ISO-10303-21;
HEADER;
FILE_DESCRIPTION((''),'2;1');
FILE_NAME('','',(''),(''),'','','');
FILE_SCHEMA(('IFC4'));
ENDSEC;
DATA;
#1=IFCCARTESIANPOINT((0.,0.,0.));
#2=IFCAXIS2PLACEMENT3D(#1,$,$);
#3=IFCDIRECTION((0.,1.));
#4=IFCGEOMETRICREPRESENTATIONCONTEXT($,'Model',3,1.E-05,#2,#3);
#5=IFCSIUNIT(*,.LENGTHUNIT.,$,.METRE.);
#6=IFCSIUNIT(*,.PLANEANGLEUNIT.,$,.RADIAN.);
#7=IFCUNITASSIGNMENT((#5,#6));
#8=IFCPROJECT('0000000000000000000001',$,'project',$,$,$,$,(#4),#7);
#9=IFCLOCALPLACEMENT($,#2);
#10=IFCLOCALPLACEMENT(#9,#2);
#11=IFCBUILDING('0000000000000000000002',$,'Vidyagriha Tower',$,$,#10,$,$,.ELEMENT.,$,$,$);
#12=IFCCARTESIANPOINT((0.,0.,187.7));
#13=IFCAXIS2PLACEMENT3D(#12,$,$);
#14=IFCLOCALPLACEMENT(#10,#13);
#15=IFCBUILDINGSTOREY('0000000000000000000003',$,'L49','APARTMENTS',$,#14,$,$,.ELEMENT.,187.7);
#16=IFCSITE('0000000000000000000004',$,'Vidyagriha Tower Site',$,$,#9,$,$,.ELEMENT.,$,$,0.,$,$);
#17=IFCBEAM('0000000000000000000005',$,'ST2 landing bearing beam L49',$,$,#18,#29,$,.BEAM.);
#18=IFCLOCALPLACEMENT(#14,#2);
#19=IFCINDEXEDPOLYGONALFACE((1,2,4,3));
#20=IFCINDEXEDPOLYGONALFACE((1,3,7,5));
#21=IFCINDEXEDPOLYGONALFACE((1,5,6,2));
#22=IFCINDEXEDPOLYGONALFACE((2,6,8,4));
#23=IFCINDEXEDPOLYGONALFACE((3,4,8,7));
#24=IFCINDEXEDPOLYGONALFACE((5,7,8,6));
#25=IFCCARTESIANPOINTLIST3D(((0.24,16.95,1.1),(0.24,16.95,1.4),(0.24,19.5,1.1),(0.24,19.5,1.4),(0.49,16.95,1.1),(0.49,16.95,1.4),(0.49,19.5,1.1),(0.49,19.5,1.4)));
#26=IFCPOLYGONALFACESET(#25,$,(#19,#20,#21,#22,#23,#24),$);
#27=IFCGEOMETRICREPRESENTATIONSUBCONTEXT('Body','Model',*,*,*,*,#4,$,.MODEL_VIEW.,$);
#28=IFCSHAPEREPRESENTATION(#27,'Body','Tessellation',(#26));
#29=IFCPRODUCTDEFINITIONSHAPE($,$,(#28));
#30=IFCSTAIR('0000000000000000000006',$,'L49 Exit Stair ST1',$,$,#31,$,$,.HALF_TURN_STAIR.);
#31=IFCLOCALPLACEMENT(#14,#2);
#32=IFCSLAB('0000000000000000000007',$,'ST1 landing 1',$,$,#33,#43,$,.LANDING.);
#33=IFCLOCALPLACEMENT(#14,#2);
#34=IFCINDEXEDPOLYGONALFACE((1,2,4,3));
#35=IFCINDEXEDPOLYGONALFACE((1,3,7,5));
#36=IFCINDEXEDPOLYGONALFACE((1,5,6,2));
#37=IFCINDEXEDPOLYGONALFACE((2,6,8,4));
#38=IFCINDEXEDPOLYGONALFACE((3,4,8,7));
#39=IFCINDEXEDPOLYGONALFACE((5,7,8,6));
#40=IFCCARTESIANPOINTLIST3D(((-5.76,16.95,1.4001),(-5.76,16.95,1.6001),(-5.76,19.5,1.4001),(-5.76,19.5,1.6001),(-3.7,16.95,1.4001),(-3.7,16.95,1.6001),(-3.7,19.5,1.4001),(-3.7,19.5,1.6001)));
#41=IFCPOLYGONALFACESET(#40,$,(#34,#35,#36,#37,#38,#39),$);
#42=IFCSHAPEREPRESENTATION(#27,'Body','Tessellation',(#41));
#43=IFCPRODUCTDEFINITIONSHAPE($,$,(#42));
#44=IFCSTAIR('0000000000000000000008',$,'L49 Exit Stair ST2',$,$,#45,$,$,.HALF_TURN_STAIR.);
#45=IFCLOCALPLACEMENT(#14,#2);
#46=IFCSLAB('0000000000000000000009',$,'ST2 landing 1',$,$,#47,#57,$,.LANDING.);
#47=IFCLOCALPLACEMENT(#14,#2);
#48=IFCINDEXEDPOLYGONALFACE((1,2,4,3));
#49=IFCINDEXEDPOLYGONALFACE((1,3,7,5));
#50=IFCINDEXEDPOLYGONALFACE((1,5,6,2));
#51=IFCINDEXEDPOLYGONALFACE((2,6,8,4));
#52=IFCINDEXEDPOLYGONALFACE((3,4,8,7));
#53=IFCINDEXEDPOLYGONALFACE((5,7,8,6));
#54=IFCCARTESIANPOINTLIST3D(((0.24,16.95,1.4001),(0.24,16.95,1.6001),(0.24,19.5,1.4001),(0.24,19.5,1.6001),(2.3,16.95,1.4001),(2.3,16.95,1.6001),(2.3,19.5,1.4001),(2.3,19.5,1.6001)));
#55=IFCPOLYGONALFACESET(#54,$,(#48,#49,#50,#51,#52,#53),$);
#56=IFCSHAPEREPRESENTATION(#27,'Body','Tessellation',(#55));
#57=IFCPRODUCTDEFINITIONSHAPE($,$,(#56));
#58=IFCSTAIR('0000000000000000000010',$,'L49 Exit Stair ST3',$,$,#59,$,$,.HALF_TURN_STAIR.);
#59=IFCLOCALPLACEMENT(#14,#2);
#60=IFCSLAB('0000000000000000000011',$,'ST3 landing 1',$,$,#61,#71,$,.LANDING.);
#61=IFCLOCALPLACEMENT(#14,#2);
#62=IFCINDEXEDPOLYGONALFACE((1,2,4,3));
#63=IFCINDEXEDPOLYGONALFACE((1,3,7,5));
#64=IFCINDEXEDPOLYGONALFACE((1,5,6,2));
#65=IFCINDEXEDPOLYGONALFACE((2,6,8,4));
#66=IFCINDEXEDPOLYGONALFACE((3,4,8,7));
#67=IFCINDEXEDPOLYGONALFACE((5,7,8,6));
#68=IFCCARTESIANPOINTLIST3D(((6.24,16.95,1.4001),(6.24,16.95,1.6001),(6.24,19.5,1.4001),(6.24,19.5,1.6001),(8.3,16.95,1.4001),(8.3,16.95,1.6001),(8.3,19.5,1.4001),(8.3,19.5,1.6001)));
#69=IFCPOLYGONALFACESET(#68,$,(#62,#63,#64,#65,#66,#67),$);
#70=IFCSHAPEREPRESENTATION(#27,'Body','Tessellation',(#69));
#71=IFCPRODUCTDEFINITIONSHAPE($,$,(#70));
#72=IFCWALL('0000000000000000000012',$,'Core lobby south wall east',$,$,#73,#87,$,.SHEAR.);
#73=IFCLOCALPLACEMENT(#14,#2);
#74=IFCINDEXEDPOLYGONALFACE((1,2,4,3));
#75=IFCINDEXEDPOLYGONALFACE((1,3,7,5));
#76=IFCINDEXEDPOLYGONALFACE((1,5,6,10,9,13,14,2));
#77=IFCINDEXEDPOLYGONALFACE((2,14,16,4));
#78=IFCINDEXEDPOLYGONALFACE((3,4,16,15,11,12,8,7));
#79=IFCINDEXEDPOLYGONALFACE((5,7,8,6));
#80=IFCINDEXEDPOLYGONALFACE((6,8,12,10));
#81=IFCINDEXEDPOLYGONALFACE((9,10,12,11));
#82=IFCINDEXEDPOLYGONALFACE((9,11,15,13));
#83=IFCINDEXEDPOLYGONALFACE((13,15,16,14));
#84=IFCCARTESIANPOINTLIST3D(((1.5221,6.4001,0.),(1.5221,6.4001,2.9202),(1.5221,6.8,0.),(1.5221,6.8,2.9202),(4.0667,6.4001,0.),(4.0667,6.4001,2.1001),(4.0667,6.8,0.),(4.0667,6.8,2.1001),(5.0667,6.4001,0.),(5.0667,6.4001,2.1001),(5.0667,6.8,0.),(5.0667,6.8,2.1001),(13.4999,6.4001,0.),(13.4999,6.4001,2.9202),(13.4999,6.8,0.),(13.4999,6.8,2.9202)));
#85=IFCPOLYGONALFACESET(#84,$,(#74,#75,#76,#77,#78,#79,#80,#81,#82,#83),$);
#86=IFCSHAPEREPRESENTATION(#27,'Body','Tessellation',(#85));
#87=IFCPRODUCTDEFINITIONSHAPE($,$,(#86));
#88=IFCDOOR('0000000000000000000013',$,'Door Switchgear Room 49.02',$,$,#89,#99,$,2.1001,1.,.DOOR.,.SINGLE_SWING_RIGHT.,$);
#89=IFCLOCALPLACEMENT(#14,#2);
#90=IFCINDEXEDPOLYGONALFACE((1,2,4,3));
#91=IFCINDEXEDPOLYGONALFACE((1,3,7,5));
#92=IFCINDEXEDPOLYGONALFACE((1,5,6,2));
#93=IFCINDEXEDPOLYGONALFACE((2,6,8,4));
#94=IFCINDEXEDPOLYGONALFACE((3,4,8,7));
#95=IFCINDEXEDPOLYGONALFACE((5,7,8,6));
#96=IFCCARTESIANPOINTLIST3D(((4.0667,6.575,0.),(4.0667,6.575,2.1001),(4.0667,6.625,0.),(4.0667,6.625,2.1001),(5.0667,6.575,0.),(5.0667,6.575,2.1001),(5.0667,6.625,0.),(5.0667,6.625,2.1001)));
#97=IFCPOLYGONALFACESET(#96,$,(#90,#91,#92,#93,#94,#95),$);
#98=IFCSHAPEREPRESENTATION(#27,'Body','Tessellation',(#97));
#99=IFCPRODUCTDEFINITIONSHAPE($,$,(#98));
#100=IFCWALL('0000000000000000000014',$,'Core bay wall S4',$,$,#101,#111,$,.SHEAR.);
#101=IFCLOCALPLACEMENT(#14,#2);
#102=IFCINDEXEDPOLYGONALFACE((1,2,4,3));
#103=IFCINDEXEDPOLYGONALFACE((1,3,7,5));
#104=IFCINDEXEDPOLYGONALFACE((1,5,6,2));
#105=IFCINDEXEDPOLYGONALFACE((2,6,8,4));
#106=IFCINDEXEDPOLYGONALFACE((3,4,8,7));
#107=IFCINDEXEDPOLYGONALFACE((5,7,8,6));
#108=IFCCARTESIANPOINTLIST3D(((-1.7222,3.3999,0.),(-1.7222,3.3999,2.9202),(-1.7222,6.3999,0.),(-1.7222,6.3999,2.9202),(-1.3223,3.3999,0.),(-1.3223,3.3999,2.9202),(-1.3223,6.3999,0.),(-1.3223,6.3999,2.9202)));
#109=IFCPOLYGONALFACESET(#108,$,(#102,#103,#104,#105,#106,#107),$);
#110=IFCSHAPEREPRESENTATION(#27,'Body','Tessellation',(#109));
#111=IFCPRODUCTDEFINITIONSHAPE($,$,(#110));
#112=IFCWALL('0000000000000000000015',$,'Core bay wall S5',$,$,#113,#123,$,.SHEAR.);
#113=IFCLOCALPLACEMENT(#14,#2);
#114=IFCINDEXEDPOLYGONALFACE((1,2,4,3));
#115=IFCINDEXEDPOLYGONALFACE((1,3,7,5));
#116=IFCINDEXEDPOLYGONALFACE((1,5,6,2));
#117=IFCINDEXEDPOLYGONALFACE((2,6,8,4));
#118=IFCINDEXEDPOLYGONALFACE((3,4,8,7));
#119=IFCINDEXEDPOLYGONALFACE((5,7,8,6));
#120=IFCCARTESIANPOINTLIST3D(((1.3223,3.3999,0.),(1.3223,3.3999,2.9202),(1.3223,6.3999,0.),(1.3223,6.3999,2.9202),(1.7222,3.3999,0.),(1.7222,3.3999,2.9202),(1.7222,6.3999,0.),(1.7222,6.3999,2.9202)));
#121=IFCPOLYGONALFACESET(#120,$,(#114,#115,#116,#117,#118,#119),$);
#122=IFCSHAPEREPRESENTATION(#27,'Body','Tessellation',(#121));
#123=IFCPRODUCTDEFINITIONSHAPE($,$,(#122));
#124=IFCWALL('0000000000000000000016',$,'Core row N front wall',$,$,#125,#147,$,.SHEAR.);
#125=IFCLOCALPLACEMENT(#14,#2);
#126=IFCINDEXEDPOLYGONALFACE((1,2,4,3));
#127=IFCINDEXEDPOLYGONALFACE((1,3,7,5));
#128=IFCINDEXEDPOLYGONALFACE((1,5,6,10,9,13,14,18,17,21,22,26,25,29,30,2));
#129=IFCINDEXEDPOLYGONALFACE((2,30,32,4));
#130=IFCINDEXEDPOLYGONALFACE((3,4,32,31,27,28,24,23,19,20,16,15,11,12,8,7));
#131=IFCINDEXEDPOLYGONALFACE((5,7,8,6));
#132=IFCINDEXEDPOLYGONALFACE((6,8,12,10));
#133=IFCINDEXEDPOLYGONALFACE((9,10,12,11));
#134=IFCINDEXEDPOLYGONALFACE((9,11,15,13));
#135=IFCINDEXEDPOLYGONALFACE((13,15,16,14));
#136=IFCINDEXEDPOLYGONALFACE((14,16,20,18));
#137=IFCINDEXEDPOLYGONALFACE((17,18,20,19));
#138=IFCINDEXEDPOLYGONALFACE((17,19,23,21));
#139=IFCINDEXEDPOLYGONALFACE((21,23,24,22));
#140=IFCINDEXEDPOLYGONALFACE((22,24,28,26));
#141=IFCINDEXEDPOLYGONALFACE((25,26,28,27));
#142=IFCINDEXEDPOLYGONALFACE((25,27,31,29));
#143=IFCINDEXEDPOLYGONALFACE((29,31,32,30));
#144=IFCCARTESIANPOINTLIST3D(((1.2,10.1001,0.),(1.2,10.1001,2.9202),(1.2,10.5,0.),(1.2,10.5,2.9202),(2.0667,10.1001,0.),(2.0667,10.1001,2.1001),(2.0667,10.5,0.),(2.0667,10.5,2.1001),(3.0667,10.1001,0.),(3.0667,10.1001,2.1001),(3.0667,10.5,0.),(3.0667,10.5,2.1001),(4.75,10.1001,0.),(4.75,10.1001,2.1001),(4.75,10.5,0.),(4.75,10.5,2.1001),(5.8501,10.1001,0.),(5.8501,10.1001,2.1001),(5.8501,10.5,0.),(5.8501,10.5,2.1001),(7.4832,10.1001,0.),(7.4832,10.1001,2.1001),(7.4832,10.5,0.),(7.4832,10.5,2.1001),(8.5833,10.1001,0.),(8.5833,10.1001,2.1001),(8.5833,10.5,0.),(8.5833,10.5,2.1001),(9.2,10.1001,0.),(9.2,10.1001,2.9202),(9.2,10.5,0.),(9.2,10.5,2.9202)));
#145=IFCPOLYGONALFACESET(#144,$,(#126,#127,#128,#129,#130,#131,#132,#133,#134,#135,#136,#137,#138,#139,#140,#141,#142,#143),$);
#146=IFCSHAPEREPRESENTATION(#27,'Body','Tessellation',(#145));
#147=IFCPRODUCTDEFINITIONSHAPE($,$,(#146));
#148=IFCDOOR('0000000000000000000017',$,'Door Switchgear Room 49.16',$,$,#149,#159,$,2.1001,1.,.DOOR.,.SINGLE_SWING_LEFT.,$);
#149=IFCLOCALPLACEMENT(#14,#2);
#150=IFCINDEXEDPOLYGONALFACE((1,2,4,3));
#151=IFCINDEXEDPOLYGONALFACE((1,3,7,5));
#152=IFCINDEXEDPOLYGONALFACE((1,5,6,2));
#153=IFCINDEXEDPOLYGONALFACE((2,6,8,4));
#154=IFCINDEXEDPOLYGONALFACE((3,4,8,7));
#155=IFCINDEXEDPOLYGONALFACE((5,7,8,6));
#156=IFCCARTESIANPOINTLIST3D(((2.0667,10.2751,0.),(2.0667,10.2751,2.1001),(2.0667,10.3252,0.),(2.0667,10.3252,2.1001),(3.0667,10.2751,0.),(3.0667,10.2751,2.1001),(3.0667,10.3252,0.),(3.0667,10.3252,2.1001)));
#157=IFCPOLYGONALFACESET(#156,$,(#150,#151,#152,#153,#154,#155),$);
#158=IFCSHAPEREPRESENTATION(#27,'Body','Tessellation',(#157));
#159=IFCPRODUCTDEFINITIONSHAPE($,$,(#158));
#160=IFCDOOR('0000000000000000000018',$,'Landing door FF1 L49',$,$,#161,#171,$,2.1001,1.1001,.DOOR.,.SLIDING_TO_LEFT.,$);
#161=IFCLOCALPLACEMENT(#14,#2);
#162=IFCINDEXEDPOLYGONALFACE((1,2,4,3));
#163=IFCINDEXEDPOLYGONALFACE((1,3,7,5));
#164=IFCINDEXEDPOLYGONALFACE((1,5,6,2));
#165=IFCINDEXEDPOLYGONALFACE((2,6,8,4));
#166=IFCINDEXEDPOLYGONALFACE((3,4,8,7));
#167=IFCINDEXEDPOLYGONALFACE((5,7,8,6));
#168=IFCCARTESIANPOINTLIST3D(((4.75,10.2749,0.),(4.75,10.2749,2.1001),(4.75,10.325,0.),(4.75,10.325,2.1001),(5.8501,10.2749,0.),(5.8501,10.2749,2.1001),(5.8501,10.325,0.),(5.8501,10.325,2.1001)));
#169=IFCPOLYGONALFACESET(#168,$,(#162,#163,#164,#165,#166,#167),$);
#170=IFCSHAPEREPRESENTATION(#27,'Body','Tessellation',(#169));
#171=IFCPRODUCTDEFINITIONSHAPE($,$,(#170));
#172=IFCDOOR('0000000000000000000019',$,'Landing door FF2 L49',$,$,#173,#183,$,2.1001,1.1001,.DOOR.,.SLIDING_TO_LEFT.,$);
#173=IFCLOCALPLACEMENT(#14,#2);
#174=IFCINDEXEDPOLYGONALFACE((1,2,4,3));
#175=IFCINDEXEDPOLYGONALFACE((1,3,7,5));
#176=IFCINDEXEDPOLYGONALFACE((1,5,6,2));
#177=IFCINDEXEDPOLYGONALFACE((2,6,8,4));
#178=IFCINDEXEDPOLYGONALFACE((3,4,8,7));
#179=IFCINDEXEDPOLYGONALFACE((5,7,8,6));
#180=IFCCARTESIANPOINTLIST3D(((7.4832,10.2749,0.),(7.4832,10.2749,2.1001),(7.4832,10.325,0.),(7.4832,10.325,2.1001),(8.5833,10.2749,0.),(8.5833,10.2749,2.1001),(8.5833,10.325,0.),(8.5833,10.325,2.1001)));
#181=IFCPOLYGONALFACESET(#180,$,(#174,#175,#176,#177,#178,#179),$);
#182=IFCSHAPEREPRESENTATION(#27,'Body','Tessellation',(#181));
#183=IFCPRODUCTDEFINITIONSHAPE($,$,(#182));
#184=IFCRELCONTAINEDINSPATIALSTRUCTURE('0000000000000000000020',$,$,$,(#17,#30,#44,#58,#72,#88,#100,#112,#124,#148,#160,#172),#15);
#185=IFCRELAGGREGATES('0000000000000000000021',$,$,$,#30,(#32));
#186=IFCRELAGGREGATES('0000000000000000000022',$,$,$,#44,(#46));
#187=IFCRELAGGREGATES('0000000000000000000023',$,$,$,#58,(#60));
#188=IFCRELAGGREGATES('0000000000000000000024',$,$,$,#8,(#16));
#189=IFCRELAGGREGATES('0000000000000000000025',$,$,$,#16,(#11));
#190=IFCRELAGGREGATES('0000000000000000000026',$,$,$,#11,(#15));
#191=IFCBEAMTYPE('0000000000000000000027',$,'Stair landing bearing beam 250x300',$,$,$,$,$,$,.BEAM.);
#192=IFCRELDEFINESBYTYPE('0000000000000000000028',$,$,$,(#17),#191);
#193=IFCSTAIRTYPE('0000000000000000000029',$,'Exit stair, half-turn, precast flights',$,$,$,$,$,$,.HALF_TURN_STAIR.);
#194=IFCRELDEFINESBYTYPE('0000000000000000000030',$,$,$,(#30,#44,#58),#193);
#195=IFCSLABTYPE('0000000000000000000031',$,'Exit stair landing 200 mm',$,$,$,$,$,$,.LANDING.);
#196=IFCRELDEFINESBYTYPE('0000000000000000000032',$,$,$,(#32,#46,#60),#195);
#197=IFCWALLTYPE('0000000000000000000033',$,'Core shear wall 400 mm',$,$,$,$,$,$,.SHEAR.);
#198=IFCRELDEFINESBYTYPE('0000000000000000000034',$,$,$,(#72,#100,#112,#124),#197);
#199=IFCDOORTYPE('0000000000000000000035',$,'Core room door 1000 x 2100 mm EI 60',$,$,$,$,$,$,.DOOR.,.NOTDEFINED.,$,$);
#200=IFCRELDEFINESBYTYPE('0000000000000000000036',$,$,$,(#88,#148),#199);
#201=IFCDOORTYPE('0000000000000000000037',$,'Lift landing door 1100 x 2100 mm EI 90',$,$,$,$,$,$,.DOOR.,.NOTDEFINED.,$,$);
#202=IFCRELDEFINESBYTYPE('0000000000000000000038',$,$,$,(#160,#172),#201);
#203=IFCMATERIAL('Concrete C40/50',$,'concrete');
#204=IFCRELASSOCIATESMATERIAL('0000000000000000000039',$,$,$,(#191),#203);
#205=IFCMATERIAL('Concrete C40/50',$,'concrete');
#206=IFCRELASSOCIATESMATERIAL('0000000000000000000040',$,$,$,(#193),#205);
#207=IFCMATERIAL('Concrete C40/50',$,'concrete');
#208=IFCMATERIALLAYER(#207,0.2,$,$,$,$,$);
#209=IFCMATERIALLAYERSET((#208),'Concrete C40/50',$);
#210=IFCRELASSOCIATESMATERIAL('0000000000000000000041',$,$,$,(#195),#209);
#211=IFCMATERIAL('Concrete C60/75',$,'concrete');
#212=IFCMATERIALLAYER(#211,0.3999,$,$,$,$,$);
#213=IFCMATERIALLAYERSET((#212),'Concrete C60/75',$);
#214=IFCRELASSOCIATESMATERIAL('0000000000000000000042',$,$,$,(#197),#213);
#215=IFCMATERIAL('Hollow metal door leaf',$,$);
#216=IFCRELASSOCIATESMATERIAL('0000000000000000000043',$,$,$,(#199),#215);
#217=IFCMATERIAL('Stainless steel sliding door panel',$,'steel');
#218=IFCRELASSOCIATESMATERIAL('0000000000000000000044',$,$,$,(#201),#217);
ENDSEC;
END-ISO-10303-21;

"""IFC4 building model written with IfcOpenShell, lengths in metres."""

from ifc_helpers import new_model, si_unit, direction, frame, frame_2d, origin, origin_2d, place, context, subcontext, project, spatial, polyline, rectangle, outline, extrude, material, layer, layer_set, material_profile, profile_set, type_object, element, fill, aggregate, save


model = new_model("IFC4")

# Units and contexts
model_context = context("Model", 3, precision=1e-05, world=origin(), true_north=direction((0.0, 1.0)))
body_context = subcontext(model_context, "Body", "Model", "MODEL_VIEW")
ifc_project = project(units=[si_unit("LENGTHUNIT", "METRE"), si_unit("PLANEANGLEUNIT", "RADIAN")], contexts=[model_context])

# Site, building, storey
site_placement = place(None, origin())
site = spatial("IfcSite", under=ifc_project, at=site_placement, Name="Vidyagriha Tower Site", CompositionType="ELEMENT", RefElevation=0.0)
building_placement = place(site_placement, origin())
building = spatial("IfcBuilding", under=site, at=building_placement, Name="Vidyagriha Tower", CompositionType="ELEMENT")
storey_placement = place(building_placement, frame((0.0, 0.0, 187.7)))
storey = spatial("IfcBuildingStorey", under=building, at=storey_placement, Name="L49", Description="APARTMENTS", CompositionType="ELEMENT", Elevation=187.7)

# Beam
ifc_material_1 = material(Name="Concrete C40/50", Category="concrete")
ifc_material_profile = material_profile(ifc_material_1, rectangle(XDim=0.25, YDim=0.3, at=origin_2d()), Name="Stair landing bearing beam 250x300")
ifc_profile_set = profile_set([ifc_material_profile], Name="Concrete C40/50")
beam_type = type_object("IfcBeamType", Name="Stair landing bearing beam 250x300", PredefinedType="BEAM", material=ifc_profile_set)
beam_placement = place(storey_placement, frame((0.365, 16.95, 1.25), z_axis=(0.0, 1.0, 0.0), x_axis=(-1.0, 0.0, 0.0)))
element("IfcBeam", 1, at=beam_placement, inside=storey, type_object=beam_type, Name="ST2 landing bearing beam L49", PredefinedType="BEAM", context=body_context, shape_type="SweptSolid", body=[
    extrude(rectangle(XDim=0.25, YDim=0.3, at=origin_2d()), origin(), (0.0, 0.0, 1.0), 2.55),
])

# Stairs, slabs
ifc_material_2 = material(Name="Concrete C40/50", Category="concrete")
stair_type = type_object("IfcStairType", Name="Exit stair, half-turn, precast flights", PredefinedType="HALF_TURN_STAIR", material=ifc_material_2)
stair_1_placement = place(storey_placement, origin())
stair_1 = element("IfcStair", 2, at=stair_1_placement, inside=storey, type_object=stair_type, Name="L49 Exit Stair ST1", PredefinedType="HALF_TURN_STAIR")
ifc_material_3 = material(Name="Concrete C40/50", Category="concrete")
ifc_layer_1 = layer(ifc_material_3, 0.2)
ifc_layer_set_1 = layer_set([ifc_layer_1], Name="Concrete C40/50")
slab_type = type_object("IfcSlabType", Name="Exit stair landing 200 mm", PredefinedType="LANDING", material=ifc_layer_set_1)
slab_1_placement = place(storey_placement, frame((0.0, 0.0, 1.4001)))
slab_1 = element("IfcSlab", 3, at=slab_1_placement, type_object=slab_type, Name="ST1 landing 1", PredefinedType="LANDING", context=body_context, shape_type="SweptSolid", body=[
    extrude(outline(polyline([(-5.76, 16.95), (-3.7, 16.95), (-3.7, 19.5), (-5.76, 19.5), (-5.76, 16.95)])), origin(), (0.0, 0.0, 1.0), 0.2),
])
aggregate(stair_1, [slab_1])
stair_2_placement = place(storey_placement, origin())
stair_2 = element("IfcStair", 4, at=stair_2_placement, inside=storey, type_object=stair_type, Name="L49 Exit Stair ST2", PredefinedType="HALF_TURN_STAIR")
slab_2_placement = place(storey_placement, frame((0.0, 0.0, 1.4001)))
slab_2 = element("IfcSlab", 5, at=slab_2_placement, type_object=slab_type, Name="ST2 landing 1", PredefinedType="LANDING", context=body_context, shape_type="SweptSolid", body=[
    extrude(outline(polyline([(0.24, 16.95), (2.3, 16.95), (2.3, 19.5), (0.24, 19.5), (0.24, 16.95)])), origin(), (0.0, 0.0, 1.0), 0.2),
])
aggregate(stair_2, [slab_2])
stair_3_placement = place(storey_placement, origin())
stair_3 = element("IfcStair", 6, at=stair_3_placement, inside=storey, type_object=stair_type, Name="L49 Exit Stair ST3", PredefinedType="HALF_TURN_STAIR")
slab_3_placement = place(storey_placement, frame((0.0, 0.0, 1.4001)))
slab_3 = element("IfcSlab", 7, at=slab_3_placement, type_object=slab_type, Name="ST3 landing 1", PredefinedType="LANDING", context=body_context, shape_type="SweptSolid", body=[
    extrude(outline(polyline([(6.24, 16.95), (8.3, 16.95), (8.3, 19.5), (6.24, 19.5), (6.24, 16.95)])), origin(), (0.0, 0.0, 1.0), 0.2),
])
aggregate(stair_3, [slab_3])

# Wall, opening, door
ifc_material_4 = material(Name="Concrete C60/75", Category="concrete")
ifc_layer_2 = layer(ifc_material_4, 0.3999)
ifc_layer_set_2 = layer_set([ifc_layer_2], Name="Concrete C60/75")
wall_type = type_object("IfcWallType", Name="Core shear wall 400 mm", PredefinedType="SHEAR", material=ifc_layer_set_2)
wall_1_placement = place(storey_placement, frame((1.5222, 6.6001, 0.0)))
wall_1 = element("IfcWall", 8, at=wall_1_placement, inside=storey, type_object=wall_type, Name="Core lobby south wall east", PredefinedType="SHEAR", context=body_context, shape_type="SweptSolid", body=[
    extrude(rectangle(XDim=11.9778, YDim=0.3999, at=frame_2d((5.9888, 0.0))), origin(), (0.0, 0.0, 1.0), 2.9202),
])
opening_1_placement = place(wall_1_placement, frame((2.5444, 0.0, 0.0)))
opening_1 = element("IfcOpeningElement", 9, at=opening_1_placement, cuts=wall_1, PredefinedType="OPENING", context=body_context, shape_type="SweptSolid", body=[
    extrude(rectangle(XDim=1.0, YDim=2.1001, at=frame_2d((0.5, 1.05))), frame((0.0, 0.21, 0.0), z_axis=(0.0, -1.0, 0.0), x_axis=(1.0, 0.0, 0.0)), (0.0, 0.0, 1.0), 0.4199),
])
ifc_material_5 = material(Name="Hollow metal door leaf")
door_type_1 = type_object("IfcDoorType", Name="Core room door 1000 x 2100 mm EI 60", OperationType="NOTDEFINED", PredefinedType="DOOR", material=ifc_material_5)
door_1_placement = place(opening_1_placement, origin())
door_1 = element("IfcDoor", 10, at=door_1_placement, inside=storey, type_object=door_type_1, Name="Door Switchgear Room 49.02", OperationType="SINGLE_SWING_RIGHT", OverallHeight=2.1001, OverallWidth=1.0, PredefinedType="DOOR", context=body_context, shape_type="SweptSolid", body=[
    extrude(rectangle(XDim=1.0, YDim=2.1001, at=frame_2d((0.5, 1.05))), frame((0.0, 0.0249, 0.0), z_axis=(0.0, -1.0, 0.0), x_axis=(1.0, 0.0, 0.0)), (0.0, 0.0, 1.0), 0.05),
])
fill(opening_1, door_1)

# Walls
for number, where, z_axis, x_axis, name in (
    (11, (-1.5222, 3.3999, 0.0), (0.0, 0.0, 1.0), (0.0, 1.0, 0.0), "Core bay wall S4"),
    (12, (1.5222, 3.3999, 0.0), (0.0, 0.0, 1.0), (0.0, 1.0, 0.0), "Core bay wall S5"),
):
    element("IfcWall", number, at=place(storey_placement, frame(where, z_axis=z_axis, x_axis=x_axis)), inside=storey, type_object=wall_type, Name=name, PredefinedType="SHEAR", context=body_context, shape_type="SweptSolid", body=[
        extrude(rectangle(XDim=3.0, YDim=0.3999, at=frame_2d((1.5, 0.0))), origin(), (0.0, 0.0, 1.0), 2.9202),
    ])

# Wall, openings, doors
wall_2_placement = place(storey_placement, frame((1.2, 10.3, 0.0)))
wall_2 = element("IfcWall", 13, at=wall_2_placement, inside=storey, type_object=wall_type, Name="Core row N front wall", PredefinedType="SHEAR", context=body_context, shape_type="SweptSolid", body=[
    extrude(rectangle(XDim=8.0, YDim=0.3999, at=frame_2d((4.0, 0.0))), origin(), (0.0, 0.0, 1.0), 2.9202),
])
opening_2_placement = place(wall_2_placement, frame((3.55, 0.0, 0.0)))
opening_2 = element("IfcOpeningElement", 14, at=opening_2_placement, cuts=wall_2, PredefinedType="OPENING", context=body_context, shape_type="SweptSolid", body=[
    extrude(rectangle(XDim=1.1001, YDim=2.1001, at=frame_2d((0.55, 1.05))), frame((0.0, 0.21, 0.0), z_axis=(0.0, -1.0, 0.0), x_axis=(1.0, 0.0, 0.0)), (0.0, 0.0, 1.0), 0.4199),
])
opening_3_placement = place(wall_2_placement, frame((6.2832, 0.0, 0.0)))
opening_3 = element("IfcOpeningElement", 15, at=opening_3_placement, cuts=wall_2, PredefinedType="OPENING", context=body_context, shape_type="SweptSolid", body=[
    extrude(rectangle(XDim=1.1001, YDim=2.1001, at=frame_2d((0.55, 1.05))), frame((0.0, 0.21, 0.0), z_axis=(0.0, -1.0, 0.0), x_axis=(1.0, 0.0, 0.0)), (0.0, 0.0, 1.0), 0.4199),
])
opening_4_placement = place(wall_2_placement, frame((0.8667, 0.0, 0.0)))
opening_4 = element("IfcOpeningElement", 16, at=opening_4_placement, cuts=wall_2, PredefinedType="OPENING", context=body_context, shape_type="SweptSolid", body=[
    extrude(rectangle(XDim=1.0, YDim=2.1001, at=frame_2d((0.5, 1.05))), frame((0.0, 0.21, 0.0), z_axis=(0.0, -1.0, 0.0), x_axis=(1.0, 0.0, 0.0)), (0.0, 0.0, 1.0), 0.4199),
])
door_2_placement = place(opening_4_placement, frame((1.0, 0.0, 0.0), z_axis=(0.0, 0.0, 1.0), x_axis=(-1.0, 0.0, 0.0)))
door_2 = element("IfcDoor", 17, at=door_2_placement, inside=storey, type_object=door_type_1, Name="Door Switchgear Room 49.16", OperationType="SINGLE_SWING_LEFT", OverallHeight=2.1001, OverallWidth=1.0, PredefinedType="DOOR", context=body_context, shape_type="SweptSolid", body=[
    extrude(rectangle(XDim=1.0, YDim=2.1001, at=frame_2d((0.5, 1.05))), frame((0.0, 0.0249, 0.0), z_axis=(0.0, -1.0, 0.0), x_axis=(1.0, 0.0, 0.0)), (0.0, 0.0, 1.0), 0.05),
])
fill(opening_4, door_2)
ifc_material_6 = material(Name="Stainless steel sliding door panel", Category="steel")
door_type_2 = type_object("IfcDoorType", Name="Lift landing door 1100 x 2100 mm EI 90", OperationType="NOTDEFINED", PredefinedType="DOOR", material=ifc_material_6)
door_3_placement = place(opening_2_placement, origin())
door_3 = element("IfcDoor", 18, at=door_3_placement, inside=storey, type_object=door_type_2, Name="Landing door FF1 L49", OperationType="SLIDING_TO_LEFT", OverallHeight=2.1001, OverallWidth=1.1001, PredefinedType="DOOR", context=body_context, shape_type="SweptSolid", body=[
    extrude(rectangle(XDim=1.1001, YDim=2.1001, at=frame_2d((0.55, 1.05))), frame((0.0, 0.0249, 0.0), z_axis=(0.0, -1.0, 0.0), x_axis=(1.0, 0.0, 0.0)), (0.0, 0.0, 1.0), 0.05),
])
fill(opening_2, door_3)
door_4_placement = place(opening_3_placement, origin())
door_4 = element("IfcDoor", 19, at=door_4_placement, inside=storey, type_object=door_type_2, Name="Landing door FF2 L49", OperationType="SLIDING_TO_LEFT", OverallHeight=2.1001, OverallWidth=1.1001, PredefinedType="DOOR", context=body_context, shape_type="SweptSolid", body=[
    extrude(rectangle(XDim=1.1001, YDim=2.1001, at=frame_2d((0.55, 1.05))), frame((0.0, 0.0249, 0.0), z_axis=(0.0, -1.0, 0.0), x_axis=(1.0, 0.0, 0.0)), (0.0, 0.0, 1.0), 0.05),
])
fill(opening_3, door_4)

save(model, "model.ifc")
